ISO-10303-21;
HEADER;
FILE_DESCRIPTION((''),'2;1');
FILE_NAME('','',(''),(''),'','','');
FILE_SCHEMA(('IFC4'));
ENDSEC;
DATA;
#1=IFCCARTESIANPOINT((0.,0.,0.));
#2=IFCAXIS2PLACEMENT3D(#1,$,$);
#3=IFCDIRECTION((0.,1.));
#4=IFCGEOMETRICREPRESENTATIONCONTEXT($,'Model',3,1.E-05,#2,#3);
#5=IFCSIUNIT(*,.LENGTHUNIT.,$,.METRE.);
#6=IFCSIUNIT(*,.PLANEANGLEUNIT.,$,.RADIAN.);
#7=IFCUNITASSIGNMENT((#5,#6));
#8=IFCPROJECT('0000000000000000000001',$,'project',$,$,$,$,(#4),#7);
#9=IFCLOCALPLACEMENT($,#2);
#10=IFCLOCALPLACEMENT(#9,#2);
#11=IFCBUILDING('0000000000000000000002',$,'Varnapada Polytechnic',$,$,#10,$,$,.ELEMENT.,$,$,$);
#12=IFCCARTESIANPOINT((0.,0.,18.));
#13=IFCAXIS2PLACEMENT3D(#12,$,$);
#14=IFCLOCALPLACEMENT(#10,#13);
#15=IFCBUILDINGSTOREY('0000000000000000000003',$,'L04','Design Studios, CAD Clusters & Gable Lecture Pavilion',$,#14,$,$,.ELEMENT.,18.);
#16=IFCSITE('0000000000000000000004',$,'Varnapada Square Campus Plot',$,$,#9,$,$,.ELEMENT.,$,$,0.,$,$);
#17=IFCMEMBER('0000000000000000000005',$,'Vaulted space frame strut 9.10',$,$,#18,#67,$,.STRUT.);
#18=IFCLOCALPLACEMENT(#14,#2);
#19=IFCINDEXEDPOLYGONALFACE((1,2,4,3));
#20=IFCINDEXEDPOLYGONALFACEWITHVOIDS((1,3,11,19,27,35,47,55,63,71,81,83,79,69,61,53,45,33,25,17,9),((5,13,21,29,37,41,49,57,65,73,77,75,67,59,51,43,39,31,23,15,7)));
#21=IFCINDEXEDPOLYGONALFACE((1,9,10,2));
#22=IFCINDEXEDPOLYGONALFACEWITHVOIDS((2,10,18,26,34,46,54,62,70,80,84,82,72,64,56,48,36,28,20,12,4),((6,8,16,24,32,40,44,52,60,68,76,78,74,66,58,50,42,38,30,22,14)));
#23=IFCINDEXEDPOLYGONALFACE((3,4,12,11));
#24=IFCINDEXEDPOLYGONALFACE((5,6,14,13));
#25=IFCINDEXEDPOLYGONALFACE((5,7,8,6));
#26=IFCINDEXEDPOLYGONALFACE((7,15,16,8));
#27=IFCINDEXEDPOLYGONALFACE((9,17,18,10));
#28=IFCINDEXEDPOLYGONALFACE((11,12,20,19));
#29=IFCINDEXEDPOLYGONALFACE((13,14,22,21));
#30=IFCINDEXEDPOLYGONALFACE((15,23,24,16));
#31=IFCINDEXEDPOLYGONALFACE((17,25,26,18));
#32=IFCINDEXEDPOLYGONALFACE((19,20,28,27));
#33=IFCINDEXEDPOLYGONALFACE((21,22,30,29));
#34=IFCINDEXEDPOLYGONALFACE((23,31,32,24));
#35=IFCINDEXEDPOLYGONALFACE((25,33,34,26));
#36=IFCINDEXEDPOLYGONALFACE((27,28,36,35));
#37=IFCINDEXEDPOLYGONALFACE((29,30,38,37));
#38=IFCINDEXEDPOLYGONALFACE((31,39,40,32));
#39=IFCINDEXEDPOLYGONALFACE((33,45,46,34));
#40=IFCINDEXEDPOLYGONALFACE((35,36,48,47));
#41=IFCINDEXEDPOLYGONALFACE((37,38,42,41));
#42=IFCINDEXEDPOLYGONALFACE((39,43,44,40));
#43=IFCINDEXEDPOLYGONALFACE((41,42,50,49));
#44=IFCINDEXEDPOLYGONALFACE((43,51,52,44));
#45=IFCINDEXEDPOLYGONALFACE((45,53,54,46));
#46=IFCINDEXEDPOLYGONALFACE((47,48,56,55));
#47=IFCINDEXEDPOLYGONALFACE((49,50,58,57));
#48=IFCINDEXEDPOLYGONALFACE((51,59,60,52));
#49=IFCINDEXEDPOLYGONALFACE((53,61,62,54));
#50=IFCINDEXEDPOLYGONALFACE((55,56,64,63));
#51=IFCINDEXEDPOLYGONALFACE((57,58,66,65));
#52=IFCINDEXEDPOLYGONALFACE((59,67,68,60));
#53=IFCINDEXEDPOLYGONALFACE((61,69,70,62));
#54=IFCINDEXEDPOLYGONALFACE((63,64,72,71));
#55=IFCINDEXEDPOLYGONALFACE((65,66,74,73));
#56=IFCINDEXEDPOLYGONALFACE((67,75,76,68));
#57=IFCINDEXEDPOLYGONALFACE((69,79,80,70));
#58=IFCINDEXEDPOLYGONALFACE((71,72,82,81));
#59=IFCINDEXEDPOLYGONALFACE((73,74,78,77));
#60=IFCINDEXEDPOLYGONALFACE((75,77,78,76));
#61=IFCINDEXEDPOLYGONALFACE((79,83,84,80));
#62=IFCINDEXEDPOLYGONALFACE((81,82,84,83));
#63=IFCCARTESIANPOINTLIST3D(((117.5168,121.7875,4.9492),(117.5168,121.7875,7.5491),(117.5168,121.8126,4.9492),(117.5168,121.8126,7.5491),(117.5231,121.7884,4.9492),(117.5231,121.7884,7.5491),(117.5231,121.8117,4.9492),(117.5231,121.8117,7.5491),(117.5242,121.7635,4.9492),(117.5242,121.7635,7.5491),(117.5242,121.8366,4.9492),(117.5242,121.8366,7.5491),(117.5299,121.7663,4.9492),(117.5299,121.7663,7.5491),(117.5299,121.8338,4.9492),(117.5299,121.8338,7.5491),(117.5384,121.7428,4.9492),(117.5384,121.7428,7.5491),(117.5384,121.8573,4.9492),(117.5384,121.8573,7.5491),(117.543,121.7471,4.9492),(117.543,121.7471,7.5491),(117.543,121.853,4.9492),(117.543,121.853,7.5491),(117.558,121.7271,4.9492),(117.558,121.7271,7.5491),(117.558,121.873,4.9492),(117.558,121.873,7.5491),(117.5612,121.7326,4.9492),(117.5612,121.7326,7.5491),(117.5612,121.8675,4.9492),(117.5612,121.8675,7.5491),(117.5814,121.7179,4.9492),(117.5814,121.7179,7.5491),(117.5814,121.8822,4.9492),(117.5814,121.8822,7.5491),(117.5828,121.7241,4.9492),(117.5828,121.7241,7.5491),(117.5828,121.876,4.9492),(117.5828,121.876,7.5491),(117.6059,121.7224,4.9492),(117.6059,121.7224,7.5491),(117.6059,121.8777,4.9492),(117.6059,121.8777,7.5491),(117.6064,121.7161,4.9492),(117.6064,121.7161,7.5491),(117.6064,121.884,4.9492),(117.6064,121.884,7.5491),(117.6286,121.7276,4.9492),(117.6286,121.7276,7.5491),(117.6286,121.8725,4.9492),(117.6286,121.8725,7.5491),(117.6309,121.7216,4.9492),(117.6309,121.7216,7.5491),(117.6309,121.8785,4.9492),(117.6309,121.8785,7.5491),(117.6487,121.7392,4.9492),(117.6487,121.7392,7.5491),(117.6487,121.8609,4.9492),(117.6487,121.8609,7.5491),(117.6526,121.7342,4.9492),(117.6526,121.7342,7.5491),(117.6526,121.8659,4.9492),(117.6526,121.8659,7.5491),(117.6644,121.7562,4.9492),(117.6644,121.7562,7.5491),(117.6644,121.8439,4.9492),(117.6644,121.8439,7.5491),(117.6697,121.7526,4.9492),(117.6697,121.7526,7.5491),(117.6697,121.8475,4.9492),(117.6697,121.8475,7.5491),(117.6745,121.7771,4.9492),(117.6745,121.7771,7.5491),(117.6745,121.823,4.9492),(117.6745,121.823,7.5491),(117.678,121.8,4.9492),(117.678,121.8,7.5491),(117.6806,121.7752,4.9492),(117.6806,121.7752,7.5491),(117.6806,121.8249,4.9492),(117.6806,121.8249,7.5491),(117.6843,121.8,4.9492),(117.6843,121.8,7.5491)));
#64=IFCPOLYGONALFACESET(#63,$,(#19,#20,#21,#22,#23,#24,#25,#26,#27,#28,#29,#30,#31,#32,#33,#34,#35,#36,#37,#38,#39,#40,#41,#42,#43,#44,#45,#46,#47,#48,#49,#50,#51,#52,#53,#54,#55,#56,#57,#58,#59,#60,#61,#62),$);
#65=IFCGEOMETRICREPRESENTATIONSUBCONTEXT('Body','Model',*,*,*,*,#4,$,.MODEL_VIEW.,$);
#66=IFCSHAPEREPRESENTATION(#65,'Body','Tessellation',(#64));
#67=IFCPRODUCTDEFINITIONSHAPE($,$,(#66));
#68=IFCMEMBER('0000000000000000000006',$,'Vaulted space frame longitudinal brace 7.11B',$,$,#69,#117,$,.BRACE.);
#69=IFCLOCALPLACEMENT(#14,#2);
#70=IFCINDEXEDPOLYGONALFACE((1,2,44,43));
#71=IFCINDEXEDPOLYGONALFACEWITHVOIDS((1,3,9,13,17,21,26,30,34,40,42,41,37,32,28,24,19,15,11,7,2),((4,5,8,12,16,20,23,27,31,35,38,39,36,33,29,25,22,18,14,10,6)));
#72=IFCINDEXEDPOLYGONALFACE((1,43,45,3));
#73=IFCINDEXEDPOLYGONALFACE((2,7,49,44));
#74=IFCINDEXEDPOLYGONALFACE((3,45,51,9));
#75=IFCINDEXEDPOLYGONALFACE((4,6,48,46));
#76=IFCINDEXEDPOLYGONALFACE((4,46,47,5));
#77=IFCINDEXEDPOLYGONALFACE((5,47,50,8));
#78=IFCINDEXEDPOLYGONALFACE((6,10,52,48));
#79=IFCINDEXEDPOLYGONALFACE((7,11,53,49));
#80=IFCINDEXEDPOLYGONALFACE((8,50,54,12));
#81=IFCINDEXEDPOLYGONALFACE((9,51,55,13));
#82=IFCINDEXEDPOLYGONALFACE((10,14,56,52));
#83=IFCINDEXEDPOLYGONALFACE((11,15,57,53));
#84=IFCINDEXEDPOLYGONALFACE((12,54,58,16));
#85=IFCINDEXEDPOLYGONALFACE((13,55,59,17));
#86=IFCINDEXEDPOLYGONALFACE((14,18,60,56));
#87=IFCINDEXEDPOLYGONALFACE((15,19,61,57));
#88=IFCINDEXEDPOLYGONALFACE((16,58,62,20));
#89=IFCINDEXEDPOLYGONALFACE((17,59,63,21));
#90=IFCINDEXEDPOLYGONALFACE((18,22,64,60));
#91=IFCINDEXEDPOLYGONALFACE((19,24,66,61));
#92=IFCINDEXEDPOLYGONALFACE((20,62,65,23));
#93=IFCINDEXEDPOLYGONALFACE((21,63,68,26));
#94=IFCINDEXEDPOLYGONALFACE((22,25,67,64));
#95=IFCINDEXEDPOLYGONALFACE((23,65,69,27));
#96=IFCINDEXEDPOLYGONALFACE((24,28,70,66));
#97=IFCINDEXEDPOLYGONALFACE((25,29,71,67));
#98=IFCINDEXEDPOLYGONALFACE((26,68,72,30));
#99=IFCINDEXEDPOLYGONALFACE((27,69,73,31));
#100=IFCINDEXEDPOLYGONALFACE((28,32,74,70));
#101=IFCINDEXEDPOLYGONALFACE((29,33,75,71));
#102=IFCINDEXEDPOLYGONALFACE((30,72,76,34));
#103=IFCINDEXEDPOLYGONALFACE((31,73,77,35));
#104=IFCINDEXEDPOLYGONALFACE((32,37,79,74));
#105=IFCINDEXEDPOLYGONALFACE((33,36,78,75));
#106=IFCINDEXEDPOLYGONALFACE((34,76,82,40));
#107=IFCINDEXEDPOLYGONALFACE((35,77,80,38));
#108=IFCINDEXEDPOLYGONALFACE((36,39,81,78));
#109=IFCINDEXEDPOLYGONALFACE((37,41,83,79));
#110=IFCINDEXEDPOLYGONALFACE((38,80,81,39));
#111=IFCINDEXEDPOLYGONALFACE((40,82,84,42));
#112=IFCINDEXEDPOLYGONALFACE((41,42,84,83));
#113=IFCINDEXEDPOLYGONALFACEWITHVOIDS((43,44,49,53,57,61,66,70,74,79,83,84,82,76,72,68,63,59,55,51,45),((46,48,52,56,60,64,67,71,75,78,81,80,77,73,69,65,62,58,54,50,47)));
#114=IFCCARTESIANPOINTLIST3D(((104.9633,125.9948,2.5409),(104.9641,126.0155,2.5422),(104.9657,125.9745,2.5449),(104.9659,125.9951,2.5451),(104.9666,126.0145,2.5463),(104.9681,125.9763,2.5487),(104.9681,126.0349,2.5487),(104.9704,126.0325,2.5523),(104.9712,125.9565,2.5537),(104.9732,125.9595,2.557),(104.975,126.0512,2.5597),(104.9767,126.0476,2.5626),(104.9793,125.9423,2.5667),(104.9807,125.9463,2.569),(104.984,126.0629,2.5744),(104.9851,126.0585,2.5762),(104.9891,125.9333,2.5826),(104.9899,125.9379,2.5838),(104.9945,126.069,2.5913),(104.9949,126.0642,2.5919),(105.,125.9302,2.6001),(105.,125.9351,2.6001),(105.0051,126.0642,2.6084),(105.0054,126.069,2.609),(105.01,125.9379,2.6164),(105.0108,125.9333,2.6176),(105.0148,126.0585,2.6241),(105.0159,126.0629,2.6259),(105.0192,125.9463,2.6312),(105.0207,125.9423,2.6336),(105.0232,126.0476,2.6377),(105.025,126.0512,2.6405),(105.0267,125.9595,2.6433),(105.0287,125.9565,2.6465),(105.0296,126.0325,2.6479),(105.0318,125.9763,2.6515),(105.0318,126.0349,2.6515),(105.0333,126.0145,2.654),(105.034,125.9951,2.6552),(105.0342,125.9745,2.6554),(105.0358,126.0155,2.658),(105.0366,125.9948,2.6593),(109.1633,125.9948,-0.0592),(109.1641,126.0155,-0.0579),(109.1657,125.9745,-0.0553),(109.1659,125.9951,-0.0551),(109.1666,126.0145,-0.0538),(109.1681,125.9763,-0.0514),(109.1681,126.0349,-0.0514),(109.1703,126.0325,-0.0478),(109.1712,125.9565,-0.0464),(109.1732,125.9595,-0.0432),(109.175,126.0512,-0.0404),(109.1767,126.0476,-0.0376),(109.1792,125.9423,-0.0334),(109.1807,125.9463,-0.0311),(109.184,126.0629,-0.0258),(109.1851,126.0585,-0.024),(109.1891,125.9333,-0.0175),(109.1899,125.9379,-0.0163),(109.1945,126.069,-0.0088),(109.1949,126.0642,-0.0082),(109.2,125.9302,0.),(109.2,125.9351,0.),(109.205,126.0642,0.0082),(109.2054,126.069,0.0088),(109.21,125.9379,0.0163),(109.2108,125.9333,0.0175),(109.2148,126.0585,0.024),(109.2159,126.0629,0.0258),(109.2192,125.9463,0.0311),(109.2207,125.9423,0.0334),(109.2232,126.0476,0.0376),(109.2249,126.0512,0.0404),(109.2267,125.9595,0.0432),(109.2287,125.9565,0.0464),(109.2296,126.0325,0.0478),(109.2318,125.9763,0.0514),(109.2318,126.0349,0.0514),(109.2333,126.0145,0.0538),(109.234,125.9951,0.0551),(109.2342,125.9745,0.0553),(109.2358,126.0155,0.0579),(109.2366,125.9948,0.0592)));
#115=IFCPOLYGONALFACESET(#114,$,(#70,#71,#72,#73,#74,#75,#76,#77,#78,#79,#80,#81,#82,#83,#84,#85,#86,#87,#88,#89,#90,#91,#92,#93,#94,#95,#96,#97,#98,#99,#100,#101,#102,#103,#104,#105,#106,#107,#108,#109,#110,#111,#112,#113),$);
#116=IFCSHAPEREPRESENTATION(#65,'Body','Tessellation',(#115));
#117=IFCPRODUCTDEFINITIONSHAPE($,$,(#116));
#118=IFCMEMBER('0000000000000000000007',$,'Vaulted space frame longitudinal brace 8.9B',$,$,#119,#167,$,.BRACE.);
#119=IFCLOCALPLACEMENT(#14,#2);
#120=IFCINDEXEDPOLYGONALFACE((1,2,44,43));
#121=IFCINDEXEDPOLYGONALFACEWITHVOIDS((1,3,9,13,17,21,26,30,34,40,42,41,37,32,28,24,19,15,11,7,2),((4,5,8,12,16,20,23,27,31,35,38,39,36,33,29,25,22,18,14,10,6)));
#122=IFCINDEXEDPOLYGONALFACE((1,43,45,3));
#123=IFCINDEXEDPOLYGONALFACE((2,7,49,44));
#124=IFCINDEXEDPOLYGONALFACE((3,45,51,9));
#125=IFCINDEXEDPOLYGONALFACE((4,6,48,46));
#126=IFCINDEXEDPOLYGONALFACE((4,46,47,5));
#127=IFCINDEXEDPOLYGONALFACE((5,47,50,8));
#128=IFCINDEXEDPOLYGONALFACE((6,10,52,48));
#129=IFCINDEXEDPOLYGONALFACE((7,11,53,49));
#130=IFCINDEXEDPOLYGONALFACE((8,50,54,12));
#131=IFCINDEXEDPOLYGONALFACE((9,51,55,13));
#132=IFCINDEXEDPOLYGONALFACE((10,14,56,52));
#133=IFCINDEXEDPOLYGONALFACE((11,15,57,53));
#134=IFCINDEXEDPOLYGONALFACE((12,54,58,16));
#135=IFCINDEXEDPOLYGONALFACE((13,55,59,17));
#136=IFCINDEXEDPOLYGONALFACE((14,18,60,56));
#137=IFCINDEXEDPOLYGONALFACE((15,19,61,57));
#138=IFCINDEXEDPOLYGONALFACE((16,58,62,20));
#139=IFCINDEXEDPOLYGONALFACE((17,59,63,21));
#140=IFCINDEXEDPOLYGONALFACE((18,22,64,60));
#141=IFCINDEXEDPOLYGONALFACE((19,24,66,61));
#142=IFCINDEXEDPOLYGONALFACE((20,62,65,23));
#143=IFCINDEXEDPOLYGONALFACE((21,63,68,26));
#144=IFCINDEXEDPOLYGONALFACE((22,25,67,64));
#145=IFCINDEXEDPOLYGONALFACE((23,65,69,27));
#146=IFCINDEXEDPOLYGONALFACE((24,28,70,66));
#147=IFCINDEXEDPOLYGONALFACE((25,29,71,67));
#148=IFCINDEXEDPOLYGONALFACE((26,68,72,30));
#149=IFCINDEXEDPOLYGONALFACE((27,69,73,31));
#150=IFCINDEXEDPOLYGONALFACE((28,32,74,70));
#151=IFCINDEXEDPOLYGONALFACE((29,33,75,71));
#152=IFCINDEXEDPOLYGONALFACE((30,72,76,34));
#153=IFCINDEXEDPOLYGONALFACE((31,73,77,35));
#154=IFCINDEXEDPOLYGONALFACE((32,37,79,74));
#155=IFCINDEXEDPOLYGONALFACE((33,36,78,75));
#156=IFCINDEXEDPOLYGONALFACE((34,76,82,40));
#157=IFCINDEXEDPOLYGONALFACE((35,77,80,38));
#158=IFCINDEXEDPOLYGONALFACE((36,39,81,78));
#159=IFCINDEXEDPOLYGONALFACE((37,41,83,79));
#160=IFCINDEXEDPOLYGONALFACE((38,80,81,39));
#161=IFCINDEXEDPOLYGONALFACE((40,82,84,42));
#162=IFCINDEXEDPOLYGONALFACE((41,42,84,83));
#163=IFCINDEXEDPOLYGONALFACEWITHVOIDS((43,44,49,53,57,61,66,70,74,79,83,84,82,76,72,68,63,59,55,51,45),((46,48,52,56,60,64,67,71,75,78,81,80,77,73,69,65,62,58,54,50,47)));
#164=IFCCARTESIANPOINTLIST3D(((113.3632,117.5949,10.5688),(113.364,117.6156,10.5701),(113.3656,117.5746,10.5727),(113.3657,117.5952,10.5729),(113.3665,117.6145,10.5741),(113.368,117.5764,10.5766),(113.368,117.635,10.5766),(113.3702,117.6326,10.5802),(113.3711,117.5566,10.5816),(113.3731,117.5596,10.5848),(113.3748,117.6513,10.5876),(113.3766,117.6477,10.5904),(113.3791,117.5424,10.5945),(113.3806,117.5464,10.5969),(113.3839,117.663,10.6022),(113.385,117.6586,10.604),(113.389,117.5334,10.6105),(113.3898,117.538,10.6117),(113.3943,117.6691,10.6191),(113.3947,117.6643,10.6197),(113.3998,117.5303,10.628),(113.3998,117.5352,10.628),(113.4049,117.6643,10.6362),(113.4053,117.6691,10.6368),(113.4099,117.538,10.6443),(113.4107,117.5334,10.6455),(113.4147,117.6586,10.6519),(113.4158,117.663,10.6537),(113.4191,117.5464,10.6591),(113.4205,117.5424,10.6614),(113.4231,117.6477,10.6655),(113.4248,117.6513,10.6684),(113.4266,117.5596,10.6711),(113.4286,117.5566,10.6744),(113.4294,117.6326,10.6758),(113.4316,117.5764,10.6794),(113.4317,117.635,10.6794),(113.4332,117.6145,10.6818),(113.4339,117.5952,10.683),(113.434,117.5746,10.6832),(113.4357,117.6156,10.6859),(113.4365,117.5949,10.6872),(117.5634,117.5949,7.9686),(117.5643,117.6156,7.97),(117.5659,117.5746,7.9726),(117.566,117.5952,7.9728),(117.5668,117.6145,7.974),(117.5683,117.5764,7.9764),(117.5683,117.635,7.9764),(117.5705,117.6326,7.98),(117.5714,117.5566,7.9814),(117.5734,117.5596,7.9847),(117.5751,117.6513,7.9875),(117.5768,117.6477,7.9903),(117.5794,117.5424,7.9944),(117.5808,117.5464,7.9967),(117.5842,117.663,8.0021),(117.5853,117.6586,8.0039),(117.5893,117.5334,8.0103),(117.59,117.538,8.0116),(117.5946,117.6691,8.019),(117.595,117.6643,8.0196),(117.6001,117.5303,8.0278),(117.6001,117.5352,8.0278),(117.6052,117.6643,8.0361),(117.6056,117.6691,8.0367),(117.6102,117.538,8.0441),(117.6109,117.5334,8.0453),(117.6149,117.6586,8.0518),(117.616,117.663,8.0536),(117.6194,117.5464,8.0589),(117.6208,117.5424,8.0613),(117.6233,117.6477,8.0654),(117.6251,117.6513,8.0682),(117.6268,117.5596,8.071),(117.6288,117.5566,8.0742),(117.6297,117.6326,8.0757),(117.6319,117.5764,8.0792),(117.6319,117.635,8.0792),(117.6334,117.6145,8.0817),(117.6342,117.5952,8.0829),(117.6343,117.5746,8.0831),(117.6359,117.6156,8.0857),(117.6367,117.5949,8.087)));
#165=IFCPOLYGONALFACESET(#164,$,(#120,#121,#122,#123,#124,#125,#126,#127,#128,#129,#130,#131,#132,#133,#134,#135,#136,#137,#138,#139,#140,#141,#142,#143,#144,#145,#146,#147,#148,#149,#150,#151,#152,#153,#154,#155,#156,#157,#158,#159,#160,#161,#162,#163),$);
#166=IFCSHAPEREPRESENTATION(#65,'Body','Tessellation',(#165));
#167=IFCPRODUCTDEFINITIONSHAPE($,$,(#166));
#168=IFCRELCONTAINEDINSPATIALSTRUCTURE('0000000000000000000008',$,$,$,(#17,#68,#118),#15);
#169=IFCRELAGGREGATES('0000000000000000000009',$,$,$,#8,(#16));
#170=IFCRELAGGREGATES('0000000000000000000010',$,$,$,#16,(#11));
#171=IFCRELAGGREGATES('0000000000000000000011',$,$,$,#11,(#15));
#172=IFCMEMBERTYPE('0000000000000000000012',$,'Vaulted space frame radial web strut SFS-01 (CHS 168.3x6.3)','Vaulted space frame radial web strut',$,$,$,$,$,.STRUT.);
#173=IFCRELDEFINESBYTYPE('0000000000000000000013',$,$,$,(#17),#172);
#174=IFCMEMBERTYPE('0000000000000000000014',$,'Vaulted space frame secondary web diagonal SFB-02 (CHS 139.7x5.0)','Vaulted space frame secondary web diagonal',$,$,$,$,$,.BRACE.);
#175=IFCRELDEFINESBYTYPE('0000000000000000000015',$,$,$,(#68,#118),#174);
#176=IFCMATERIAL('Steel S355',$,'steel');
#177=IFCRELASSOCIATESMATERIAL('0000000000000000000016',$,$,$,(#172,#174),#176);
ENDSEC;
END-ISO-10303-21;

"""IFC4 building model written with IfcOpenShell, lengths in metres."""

from ifc_helpers import new_model, si_unit, direction, frame, origin, origin_2d, place, context, subcontext, project, spatial, hollow_circle, extrude, material, material_profile, profile_set, type_object, element, save


model = new_model("IFC4")

# Units and contexts
model_context = context("Model", 3, precision=1e-05, world=origin(), true_north=direction((0.0, 1.0)))
body_context = subcontext(model_context, "Body", "Model", "MODEL_VIEW")
ifc_project = project(units=[si_unit("LENGTHUNIT", "METRE"), si_unit("PLANEANGLEUNIT", "RADIAN")], contexts=[model_context])

# Site, building, storey
site_placement = place(None, origin())
site = spatial("IfcSite", under=ifc_project, at=site_placement, Name="Varnapada Square Campus Plot", CompositionType="ELEMENT", RefElevation=0.0)
building_placement = place(site_placement, origin())
building = spatial("IfcBuilding", under=site, at=building_placement, Name="Varnapada Polytechnic", CompositionType="ELEMENT")
storey_placement = place(building_placement, frame((0.0, 0.0, 18.0)))
storey = spatial("IfcBuildingStorey", under=building, at=storey_placement, Name="L04", Description="Design Studios, CAD Clusters & Gable Lecture Pavilion", CompositionType="ELEMENT", Elevation=18.0)

# Shared definitions
ifc_material = material(Name="Steel S355", Category="steel")

# Members
ifc_material_profile_1 = material_profile(ifc_material, hollow_circle(Radius=0.0842, WallThickness=0.0063, at=origin_2d()), Name="CHS 168.3x6.3")
ifc_profile_set_1 = profile_set([ifc_material_profile_1], Name="Steel S355")
member_type_1 = type_object("IfcMemberType", Name="Vaulted space frame radial web strut SFS-01 (CHS 168.3x6.3)", Description="Vaulted space frame radial web strut", PredefinedType="STRUT", material=ifc_profile_set_1)
member_1_placement = place(storey_placement, frame((117.6001, 121.8, 4.9492), z_axis=(0.0, 0.0, 1.0), x_axis=(1.0, 0.0, 0.0)))
element("IfcMember", 1, at=member_1_placement, inside=storey, type_object=member_type_1, Name="Vaulted space frame strut 9.10", PredefinedType="STRUT", context=body_context, shape_type="SweptSolid", body=[
    extrude(hollow_circle(Radius=0.0842, WallThickness=0.0063, at=origin_2d()), origin(), (0.0, 0.0, 1.0), 2.5999),
])
ifc_material_profile_2 = material_profile(ifc_material, hollow_circle(Radius=0.0698, WallThickness=0.0049, at=origin_2d()), Name="CHS 139.7x5.0")
ifc_profile_set_2 = profile_set([ifc_material_profile_2], Name="Steel S355")
member_type_2 = type_object("IfcMemberType", Name="Vaulted space frame secondary web diagonal SFB-02 (CHS 139.7x5.0)", Description="Vaulted space frame secondary web diagonal", PredefinedType="BRACE", material=ifc_profile_set_2)
member_2_placement = place(storey_placement, frame((109.2, 126.0, 0.0), z_axis=(-0.850254, 0.0, 0.526373), x_axis=(0.0, -1.0, 0.0)))
element("IfcMember", 2, at=member_2_placement, inside=storey, type_object=member_type_2, Name="Vaulted space frame longitudinal brace 7.11B", PredefinedType="BRACE", context=body_context, shape_type="SweptSolid", body=[
    extrude(hollow_circle(Radius=0.0698, WallThickness=0.0049, at=origin_2d()), origin(), (0.0, 0.0, 1.0), 4.9397),
])
member_3_placement = place(storey_placement, frame((117.6001, 117.6001, 8.0278), z_axis=(-0.850267, 0.0, 0.526351), x_axis=(0.0, -1.0, 0.0)))
element("IfcMember", 3, at=member_3_placement, inside=storey, type_object=member_type_2, Name="Vaulted space frame longitudinal brace 8.9B", PredefinedType="BRACE", context=body_context, shape_type="SweptSolid", body=[
    extrude(hollow_circle(Radius=0.0698, WallThickness=0.0049, at=origin_2d()), origin(), (0.0, 0.0, 1.0), 4.9399),
])

save(model, "model.ifc")
